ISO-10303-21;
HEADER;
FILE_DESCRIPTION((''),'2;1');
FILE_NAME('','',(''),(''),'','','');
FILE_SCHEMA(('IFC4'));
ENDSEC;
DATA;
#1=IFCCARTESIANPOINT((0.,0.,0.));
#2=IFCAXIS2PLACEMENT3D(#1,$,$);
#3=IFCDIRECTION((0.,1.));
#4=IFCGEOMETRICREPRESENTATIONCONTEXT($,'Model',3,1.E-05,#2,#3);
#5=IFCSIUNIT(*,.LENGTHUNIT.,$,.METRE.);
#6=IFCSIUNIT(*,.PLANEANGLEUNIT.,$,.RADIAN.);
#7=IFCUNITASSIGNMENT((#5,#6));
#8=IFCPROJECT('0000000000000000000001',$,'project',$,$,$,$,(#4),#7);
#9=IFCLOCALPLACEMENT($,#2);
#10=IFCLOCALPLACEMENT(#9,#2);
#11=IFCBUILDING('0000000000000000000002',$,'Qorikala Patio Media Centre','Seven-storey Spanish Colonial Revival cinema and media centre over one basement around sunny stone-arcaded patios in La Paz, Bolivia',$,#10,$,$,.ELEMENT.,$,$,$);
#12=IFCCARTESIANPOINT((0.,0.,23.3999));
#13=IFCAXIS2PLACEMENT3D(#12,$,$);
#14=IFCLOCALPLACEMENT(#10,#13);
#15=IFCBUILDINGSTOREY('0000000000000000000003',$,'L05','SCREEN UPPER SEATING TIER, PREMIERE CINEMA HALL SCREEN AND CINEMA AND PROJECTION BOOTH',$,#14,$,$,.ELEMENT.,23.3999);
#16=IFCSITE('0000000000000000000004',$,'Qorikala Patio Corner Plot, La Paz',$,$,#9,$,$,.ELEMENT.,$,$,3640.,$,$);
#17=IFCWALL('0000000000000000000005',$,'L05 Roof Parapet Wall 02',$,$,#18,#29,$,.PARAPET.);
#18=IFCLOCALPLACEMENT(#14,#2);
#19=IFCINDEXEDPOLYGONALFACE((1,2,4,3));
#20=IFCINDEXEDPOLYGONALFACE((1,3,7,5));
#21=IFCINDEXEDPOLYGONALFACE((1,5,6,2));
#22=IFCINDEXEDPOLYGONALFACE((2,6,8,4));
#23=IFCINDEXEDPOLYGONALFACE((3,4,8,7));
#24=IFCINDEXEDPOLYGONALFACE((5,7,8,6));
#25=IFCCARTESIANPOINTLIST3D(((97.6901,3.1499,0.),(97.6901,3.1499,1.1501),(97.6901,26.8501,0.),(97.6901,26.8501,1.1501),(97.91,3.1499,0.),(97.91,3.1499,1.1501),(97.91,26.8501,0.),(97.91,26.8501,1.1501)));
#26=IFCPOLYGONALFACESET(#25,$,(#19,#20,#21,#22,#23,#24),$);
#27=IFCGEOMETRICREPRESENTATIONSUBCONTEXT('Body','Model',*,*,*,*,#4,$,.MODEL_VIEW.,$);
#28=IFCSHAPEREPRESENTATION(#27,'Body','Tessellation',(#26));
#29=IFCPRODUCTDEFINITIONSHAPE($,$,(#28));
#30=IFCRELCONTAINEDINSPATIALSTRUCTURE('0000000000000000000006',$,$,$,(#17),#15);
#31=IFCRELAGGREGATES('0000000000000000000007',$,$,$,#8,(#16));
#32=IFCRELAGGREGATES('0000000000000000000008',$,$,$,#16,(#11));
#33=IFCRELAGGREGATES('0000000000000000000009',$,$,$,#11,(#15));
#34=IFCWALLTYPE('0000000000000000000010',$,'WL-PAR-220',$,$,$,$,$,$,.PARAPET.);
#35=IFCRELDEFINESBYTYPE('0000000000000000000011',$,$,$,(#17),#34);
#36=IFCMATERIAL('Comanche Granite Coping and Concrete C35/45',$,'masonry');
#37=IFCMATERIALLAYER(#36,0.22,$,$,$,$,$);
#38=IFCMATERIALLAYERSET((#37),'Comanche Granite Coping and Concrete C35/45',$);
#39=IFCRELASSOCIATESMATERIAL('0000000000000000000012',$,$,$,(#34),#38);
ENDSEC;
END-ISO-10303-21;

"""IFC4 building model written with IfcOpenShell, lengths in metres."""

from ifc_helpers import new_model, si_unit, direction, frame, frame_2d, origin, place, context, subcontext, project, spatial, rectangle, extrude, material, layer, layer_set, type_object, element, save


model = new_model("IFC4")

# Units and contexts
model_context = context("Model", 3, precision=1e-05, world=origin(), true_north=direction((0.0, 1.0)))
body_context = subcontext(model_context, "Body", "Model", "MODEL_VIEW")
ifc_project = project(units=[si_unit("LENGTHUNIT", "METRE"), si_unit("PLANEANGLEUNIT", "RADIAN")], contexts=[model_context])

# Site, building, storey
site_placement = place(None, origin())
site = spatial("IfcSite", under=ifc_project, at=site_placement, Name="Qorikala Patio Corner Plot, La Paz", CompositionType="ELEMENT", RefElevation=3640.0)
building_placement = place(site_placement, origin())
building = spatial("IfcBuilding", under=site, at=building_placement, Name="Qorikala Patio Media Centre", Description="Seven-storey Spanish Colonial Revival cinema and media centre over one basement around sunny stone-arcaded patios in La Paz, Bolivia", CompositionType="ELEMENT")
storey_placement = place(building_placement, frame((0.0, 0.0, 23.3999)))
storey = spatial("IfcBuildingStorey", under=building, at=storey_placement, Name="L05", Description="SCREEN UPPER SEATING TIER, PREMIERE CINEMA HALL SCREEN AND CINEMA AND PROJECTION BOOTH", CompositionType="ELEMENT", Elevation=23.3999)

# Wall
ifc_material_1 = material(Name="Comanche Granite Coping and Concrete C35/45", Category="masonry")
ifc_layer = layer(ifc_material_1, 0.22)
ifc_layer_set = layer_set([ifc_layer], Name="Comanche Granite Coping and Concrete C35/45")
wall_type = type_object("IfcWallType", Name="WL-PAR-220", PredefinedType="PARAPET", material=ifc_layer_set)
wall_placement = place(storey_placement, frame((97.8, 3.1499, 0.0), z_axis=(0.0, 0.0, 1.0), x_axis=(0.0, 1.0, 0.0)))
element("IfcWall", 1, at=wall_placement, inside=storey, type_object=wall_type, Name="L05 Roof Parapet Wall 02", PredefinedType="PARAPET", context=body_context, shape_type="SweptSolid", body=[
    extrude(rectangle(XDim=23.7002, YDim=0.22, at=frame_2d((11.8501, 0.0))), origin(), (0.0, 0.0, 1.0), 1.1501),
])

save(model, "model.ifc")
